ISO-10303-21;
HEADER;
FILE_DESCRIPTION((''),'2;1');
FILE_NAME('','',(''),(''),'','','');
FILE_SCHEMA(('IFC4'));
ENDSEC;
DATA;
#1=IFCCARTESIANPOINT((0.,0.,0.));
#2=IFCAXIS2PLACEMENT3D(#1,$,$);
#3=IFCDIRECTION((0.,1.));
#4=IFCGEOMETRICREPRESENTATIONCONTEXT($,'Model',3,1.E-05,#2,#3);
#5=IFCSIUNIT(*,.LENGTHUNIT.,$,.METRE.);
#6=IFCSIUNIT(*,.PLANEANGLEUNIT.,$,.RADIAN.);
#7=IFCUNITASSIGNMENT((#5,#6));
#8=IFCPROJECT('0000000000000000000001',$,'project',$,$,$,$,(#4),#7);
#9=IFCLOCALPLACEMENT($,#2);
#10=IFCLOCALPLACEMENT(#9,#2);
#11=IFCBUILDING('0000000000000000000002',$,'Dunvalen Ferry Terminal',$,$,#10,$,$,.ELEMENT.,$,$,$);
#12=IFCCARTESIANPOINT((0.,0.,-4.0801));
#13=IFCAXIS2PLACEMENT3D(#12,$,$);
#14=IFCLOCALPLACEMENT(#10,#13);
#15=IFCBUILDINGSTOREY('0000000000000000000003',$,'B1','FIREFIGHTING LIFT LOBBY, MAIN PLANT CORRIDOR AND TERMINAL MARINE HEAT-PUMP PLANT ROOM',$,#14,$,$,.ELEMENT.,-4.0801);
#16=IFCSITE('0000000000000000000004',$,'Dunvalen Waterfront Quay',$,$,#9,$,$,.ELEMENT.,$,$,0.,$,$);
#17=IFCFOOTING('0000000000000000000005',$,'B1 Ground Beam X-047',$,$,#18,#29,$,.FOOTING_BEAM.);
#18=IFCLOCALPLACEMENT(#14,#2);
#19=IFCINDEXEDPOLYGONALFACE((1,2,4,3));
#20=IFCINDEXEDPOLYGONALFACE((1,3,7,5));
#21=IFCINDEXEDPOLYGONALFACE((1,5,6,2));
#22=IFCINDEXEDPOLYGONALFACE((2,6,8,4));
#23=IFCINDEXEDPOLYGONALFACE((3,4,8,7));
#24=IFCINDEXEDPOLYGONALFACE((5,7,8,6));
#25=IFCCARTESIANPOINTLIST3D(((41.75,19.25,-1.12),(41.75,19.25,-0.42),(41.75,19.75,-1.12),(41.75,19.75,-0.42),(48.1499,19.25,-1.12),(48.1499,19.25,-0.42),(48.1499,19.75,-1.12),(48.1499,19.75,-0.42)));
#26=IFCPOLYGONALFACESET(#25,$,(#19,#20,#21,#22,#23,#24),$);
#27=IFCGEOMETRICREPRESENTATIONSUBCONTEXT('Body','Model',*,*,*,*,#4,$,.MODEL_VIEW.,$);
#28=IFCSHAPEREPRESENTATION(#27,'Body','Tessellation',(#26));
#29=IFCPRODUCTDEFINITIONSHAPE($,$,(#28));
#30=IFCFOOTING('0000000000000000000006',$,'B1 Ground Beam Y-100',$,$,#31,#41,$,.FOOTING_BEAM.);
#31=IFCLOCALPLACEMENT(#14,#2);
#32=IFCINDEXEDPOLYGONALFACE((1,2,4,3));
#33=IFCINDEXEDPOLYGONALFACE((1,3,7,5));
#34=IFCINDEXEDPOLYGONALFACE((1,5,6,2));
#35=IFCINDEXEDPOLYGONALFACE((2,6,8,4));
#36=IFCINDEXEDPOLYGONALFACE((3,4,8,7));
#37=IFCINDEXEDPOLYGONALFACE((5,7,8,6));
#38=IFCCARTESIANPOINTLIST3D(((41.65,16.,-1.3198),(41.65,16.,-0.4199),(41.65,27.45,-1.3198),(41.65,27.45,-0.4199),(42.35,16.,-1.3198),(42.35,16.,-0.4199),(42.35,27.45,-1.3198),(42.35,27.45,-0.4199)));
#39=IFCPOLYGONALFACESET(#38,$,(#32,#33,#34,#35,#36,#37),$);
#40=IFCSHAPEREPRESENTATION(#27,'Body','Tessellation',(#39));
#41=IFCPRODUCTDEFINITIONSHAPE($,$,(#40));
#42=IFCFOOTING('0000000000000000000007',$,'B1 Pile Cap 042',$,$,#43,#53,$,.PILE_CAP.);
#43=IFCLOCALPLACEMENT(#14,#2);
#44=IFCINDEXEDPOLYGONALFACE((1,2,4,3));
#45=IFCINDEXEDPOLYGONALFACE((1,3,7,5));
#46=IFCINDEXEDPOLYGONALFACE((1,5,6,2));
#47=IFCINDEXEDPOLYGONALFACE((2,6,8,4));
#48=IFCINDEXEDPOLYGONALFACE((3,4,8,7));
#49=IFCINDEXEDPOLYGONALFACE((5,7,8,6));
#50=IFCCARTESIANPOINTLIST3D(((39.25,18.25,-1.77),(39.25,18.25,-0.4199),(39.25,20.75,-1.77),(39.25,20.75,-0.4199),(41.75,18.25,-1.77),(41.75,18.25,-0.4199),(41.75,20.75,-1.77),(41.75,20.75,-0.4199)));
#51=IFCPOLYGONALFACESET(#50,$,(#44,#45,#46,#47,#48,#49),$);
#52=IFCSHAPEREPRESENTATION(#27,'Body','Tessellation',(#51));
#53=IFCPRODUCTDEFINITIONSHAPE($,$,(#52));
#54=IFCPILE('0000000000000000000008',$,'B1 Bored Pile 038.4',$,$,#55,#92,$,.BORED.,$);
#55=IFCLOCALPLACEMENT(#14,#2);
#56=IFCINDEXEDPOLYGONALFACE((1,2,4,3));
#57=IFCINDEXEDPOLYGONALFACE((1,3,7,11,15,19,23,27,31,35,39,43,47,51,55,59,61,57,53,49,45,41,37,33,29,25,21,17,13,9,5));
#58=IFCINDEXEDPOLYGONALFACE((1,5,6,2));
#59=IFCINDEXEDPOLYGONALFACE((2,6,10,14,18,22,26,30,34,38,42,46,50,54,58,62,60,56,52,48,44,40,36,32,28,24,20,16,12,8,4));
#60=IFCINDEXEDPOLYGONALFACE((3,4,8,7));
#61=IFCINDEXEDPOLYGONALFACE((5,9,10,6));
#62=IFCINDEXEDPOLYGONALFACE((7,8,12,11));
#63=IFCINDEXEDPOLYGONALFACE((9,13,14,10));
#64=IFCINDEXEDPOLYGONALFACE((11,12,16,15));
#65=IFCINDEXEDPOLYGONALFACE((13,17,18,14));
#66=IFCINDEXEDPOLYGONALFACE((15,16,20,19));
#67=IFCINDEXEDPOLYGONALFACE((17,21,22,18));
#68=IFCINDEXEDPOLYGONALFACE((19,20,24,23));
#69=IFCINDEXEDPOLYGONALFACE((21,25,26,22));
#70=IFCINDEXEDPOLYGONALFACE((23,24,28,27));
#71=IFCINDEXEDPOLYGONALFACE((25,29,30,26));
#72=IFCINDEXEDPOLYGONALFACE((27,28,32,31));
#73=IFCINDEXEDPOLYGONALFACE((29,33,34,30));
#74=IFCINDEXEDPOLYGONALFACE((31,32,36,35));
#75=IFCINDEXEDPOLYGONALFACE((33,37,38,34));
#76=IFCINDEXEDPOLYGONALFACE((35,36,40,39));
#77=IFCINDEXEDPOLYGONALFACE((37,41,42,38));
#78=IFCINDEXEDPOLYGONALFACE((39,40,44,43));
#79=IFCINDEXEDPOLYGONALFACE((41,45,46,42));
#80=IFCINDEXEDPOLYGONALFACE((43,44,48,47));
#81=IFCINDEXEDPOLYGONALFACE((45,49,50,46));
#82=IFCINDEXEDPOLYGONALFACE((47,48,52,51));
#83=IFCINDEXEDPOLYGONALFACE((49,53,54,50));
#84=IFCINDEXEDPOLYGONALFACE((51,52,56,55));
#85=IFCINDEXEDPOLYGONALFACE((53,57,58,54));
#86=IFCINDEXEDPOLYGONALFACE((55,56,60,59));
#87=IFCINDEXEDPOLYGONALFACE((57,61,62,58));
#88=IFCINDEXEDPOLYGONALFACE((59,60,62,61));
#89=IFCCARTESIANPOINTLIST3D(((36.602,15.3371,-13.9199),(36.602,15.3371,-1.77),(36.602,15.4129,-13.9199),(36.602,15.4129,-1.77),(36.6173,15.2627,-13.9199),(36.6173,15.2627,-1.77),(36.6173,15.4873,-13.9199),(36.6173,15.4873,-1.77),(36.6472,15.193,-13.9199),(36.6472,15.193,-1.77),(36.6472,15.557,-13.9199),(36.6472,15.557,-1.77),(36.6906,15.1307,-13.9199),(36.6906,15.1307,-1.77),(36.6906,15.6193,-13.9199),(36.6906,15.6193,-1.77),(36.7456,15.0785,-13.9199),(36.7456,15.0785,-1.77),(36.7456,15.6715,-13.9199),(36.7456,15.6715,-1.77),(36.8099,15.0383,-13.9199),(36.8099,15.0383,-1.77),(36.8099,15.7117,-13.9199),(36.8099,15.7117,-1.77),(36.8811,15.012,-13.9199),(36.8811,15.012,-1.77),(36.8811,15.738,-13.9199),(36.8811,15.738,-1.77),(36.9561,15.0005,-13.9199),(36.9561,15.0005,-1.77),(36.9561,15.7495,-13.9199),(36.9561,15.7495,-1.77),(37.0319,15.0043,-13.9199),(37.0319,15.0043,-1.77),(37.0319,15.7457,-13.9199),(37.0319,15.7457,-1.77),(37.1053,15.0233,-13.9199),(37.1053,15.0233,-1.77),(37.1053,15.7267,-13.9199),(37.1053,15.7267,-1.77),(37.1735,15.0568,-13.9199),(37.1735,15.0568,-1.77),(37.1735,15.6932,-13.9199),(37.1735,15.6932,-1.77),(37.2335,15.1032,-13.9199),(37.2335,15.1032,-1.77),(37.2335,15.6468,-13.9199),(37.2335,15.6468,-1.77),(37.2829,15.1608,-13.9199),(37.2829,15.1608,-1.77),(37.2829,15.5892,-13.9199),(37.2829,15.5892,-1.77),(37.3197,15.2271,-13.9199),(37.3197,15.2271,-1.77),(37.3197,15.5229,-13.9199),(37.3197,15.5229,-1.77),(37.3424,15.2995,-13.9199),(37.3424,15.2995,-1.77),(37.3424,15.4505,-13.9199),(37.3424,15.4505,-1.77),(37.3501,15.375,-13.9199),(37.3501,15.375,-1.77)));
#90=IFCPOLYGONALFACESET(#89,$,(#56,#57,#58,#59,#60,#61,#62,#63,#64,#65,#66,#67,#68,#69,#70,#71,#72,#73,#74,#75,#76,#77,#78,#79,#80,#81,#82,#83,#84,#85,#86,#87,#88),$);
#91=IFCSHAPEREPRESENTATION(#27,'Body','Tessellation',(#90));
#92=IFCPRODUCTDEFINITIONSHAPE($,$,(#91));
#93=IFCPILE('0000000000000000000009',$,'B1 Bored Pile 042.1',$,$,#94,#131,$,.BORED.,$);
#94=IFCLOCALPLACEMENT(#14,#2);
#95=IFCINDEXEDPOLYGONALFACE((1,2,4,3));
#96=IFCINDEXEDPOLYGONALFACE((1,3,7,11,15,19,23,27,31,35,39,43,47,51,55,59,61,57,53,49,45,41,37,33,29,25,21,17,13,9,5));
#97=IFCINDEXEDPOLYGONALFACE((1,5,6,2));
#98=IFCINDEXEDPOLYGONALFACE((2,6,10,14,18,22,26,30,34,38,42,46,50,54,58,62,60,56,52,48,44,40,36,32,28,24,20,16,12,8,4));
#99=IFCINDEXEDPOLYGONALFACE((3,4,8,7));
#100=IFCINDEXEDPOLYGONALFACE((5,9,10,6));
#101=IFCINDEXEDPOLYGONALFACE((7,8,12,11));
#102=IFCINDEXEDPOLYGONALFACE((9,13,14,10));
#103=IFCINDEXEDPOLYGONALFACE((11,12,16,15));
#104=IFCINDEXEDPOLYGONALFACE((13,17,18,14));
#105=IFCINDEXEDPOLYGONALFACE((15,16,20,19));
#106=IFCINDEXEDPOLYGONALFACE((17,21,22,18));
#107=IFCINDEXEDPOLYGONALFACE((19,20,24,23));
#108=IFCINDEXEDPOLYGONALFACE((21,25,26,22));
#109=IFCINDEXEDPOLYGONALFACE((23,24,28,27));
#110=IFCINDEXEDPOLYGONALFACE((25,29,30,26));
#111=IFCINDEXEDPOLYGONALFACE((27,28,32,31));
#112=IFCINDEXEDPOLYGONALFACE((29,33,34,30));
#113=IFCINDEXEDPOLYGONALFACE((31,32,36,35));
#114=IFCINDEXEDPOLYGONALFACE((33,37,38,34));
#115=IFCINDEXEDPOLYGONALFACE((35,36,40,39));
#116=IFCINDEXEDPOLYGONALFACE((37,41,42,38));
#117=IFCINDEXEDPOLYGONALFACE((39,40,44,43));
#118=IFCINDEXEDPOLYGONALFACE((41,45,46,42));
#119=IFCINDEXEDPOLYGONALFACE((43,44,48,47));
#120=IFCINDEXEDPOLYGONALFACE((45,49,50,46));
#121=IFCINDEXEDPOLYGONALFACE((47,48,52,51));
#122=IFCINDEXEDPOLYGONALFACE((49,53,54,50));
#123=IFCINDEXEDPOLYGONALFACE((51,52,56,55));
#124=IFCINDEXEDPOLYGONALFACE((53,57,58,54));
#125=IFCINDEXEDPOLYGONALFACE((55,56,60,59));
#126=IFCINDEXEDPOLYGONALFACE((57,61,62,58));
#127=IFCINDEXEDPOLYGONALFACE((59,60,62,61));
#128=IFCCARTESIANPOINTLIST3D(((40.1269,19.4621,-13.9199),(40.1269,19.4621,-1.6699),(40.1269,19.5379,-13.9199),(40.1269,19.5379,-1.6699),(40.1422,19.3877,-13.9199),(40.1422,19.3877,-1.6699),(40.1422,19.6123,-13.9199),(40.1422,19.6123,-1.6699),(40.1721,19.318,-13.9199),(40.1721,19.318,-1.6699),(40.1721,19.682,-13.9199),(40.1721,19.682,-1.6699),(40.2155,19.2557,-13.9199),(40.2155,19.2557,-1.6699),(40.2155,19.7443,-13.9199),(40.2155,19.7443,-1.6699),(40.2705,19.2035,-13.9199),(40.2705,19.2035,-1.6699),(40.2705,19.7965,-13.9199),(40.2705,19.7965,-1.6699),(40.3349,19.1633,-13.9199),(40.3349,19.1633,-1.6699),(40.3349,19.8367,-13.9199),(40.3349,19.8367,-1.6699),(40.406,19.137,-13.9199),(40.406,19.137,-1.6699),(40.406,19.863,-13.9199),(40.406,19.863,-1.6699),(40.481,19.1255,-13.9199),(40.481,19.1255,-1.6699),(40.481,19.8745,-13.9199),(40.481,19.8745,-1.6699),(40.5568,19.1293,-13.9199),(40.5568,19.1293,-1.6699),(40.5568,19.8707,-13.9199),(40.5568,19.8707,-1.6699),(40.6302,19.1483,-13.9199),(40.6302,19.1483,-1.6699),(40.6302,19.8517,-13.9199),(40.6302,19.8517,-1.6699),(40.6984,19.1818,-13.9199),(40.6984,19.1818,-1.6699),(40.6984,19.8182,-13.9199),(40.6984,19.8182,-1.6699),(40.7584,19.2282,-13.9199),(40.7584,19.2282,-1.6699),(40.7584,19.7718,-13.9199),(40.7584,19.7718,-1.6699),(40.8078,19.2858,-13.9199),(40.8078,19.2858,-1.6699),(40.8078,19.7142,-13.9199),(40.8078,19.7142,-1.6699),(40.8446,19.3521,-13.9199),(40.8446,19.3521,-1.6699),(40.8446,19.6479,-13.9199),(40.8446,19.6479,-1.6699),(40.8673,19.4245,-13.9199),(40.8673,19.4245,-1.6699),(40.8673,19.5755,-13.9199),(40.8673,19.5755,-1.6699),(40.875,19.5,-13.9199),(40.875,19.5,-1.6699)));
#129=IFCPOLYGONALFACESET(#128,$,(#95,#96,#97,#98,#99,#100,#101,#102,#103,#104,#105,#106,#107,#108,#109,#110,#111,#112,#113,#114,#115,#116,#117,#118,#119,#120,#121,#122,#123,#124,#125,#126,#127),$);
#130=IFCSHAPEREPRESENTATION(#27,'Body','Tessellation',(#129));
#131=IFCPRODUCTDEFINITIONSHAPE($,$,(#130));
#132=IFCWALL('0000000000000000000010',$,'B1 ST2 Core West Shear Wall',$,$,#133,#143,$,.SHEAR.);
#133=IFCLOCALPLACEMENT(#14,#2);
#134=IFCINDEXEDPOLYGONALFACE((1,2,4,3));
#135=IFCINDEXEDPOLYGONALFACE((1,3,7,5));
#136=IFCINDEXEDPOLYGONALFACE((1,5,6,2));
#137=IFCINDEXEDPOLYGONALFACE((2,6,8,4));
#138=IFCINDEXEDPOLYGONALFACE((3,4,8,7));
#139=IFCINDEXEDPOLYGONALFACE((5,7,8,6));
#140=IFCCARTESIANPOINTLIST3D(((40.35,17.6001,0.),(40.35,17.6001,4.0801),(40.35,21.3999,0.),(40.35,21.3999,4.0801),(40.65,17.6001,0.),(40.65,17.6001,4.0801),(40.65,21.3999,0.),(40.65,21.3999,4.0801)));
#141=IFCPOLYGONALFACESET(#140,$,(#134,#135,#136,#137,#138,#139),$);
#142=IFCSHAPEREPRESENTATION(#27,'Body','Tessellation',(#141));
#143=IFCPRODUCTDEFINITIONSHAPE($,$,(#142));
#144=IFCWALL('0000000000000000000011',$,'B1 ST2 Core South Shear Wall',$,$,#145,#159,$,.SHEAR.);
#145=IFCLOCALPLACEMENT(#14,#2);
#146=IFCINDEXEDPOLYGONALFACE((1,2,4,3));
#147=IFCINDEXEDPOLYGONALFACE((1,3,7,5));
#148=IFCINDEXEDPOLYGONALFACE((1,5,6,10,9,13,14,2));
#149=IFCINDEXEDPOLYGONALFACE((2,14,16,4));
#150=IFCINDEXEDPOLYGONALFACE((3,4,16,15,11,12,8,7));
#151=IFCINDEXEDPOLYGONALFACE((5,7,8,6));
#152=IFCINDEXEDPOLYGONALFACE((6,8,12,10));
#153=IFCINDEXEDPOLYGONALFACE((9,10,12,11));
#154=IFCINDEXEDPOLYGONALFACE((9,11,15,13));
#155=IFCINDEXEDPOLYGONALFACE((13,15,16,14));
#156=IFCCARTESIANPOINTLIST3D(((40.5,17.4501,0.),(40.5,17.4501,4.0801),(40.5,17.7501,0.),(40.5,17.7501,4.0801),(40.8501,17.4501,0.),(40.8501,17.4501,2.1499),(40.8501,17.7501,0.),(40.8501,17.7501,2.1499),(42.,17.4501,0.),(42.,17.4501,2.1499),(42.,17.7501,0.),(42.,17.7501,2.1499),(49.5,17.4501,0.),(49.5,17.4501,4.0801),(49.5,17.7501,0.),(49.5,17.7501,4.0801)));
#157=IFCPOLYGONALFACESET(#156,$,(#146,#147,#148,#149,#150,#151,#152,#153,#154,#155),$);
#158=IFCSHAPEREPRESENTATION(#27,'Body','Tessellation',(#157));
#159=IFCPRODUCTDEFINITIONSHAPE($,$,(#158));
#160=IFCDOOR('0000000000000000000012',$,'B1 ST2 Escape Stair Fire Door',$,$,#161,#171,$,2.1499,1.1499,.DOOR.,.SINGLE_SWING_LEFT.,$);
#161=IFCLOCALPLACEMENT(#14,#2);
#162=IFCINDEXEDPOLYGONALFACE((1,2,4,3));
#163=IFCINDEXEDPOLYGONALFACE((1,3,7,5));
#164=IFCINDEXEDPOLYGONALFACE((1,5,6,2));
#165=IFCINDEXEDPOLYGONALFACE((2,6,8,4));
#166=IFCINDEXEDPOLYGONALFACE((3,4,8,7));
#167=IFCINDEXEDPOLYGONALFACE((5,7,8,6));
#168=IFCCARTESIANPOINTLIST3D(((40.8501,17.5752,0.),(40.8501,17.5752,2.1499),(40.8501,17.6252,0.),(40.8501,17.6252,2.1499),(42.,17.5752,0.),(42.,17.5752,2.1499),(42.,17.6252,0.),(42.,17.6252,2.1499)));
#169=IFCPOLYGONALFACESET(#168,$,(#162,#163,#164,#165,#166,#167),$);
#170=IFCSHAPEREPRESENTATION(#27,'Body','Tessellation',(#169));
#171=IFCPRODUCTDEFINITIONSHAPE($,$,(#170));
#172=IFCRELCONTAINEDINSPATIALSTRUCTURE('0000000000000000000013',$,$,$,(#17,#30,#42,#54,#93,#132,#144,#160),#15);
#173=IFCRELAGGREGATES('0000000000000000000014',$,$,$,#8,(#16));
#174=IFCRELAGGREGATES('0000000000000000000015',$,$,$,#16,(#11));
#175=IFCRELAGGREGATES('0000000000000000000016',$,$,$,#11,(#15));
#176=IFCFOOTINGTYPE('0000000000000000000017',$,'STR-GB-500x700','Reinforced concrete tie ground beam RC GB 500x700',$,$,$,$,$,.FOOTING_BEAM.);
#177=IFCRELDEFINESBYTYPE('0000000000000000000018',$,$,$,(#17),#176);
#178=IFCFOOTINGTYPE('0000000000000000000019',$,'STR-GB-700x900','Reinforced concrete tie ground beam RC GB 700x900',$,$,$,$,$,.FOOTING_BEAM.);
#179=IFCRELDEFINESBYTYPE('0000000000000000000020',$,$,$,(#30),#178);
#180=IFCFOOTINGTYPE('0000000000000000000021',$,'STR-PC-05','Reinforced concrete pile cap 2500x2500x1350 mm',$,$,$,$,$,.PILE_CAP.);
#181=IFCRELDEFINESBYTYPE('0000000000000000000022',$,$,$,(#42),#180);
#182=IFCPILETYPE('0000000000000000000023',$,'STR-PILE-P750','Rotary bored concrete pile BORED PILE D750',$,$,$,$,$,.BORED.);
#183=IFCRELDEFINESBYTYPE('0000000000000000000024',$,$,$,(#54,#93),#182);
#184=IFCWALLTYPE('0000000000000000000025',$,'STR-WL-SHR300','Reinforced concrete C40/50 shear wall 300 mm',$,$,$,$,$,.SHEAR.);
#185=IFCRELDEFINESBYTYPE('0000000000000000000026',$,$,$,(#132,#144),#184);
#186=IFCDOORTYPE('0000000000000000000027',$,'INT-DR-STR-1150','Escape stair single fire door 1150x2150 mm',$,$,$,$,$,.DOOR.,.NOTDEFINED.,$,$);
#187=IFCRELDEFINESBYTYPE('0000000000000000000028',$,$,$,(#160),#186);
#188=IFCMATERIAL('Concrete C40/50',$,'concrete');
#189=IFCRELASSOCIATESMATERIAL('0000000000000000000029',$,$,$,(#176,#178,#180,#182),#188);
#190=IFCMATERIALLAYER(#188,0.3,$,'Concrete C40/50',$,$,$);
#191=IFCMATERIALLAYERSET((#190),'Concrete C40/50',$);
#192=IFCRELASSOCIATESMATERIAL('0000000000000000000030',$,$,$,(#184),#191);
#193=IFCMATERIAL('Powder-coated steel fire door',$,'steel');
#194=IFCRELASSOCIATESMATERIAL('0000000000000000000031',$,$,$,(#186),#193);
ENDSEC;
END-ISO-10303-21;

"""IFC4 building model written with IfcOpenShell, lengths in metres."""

from ifc_helpers import new_model, si_unit, direction, frame, frame_2d, origin, origin_2d, place, context, subcontext, project, spatial, rectangle, circle, extrude, material, layer, layer_set, material_profile, profile_set, type_object, element, fill, save


model = new_model("IFC4")

# Units and contexts
model_context = context("Model", 3, precision=1e-05, world=origin(), true_north=direction((0.0, 1.0)))
body_context = subcontext(model_context, "Body", "Model", "MODEL_VIEW")
ifc_project = project(units=[si_unit("LENGTHUNIT", "METRE"), si_unit("PLANEANGLEUNIT", "RADIAN")], contexts=[model_context])

# Site, building, storey
site_placement = place(None, origin())
site = spatial("IfcSite", under=ifc_project, at=site_placement, Name="Dunvalen Waterfront Quay", CompositionType="ELEMENT", RefElevation=0.0)
building_placement = place(site_placement, origin())
building = spatial("IfcBuilding", under=site, at=building_placement, Name="Dunvalen Ferry Terminal", CompositionType="ELEMENT")
storey_placement = place(building_placement, frame((0.0, 0.0, -4.0801)))
storey = spatial("IfcBuildingStorey", under=building, at=storey_placement, Name="B1", Description="FIREFIGHTING LIFT LOBBY, MAIN PLANT CORRIDOR AND TERMINAL MARINE HEAT-PUMP PLANT ROOM", CompositionType="ELEMENT", Elevation=-4.0801)

# Footings
ifc_material_1 = material(Name="Concrete C40/50", Category="concrete")
ifc_material_profile_1 = material_profile(ifc_material_1, rectangle(XDim=0.5, YDim=0.7, at=origin_2d()), Name="Concrete C40/50")
ifc_profile_set_1 = profile_set([ifc_material_profile_1], Name="Concrete C40/50")
footing_type_1 = type_object("IfcFootingType", Name="STR-GB-500x700", Description="Reinforced concrete tie ground beam RC GB 500x700", PredefinedType="FOOTING_BEAM", material=ifc_profile_set_1)
footing_1_placement = place(storey_placement, frame((41.75, 19.5, -0.77), z_axis=(1.0, 0.0, 0.0), x_axis=(0.0, 1.0, 0.0)))
element("IfcFooting", 1, at=footing_1_placement, inside=storey, type_object=footing_type_1, Name="B1 Ground Beam X-047", PredefinedType="FOOTING_BEAM", context=body_context, shape_type="SweptSolid", body=[
    extrude(rectangle(XDim=0.5, YDim=0.7, at=origin_2d()), origin(), (0.0, 0.0, 1.0), 6.3999),
])
ifc_material_profile_2 = material_profile(ifc_material_1, rectangle(XDim=0.7, YDim=0.8999, at=origin_2d()), Name="Concrete C40/50")
ifc_profile_set_2 = profile_set([ifc_material_profile_2], Name="Concrete C40/50")
footing_type_2 = type_object("IfcFootingType", Name="STR-GB-700x900", Description="Reinforced concrete tie ground beam RC GB 700x900", PredefinedType="FOOTING_BEAM", material=ifc_profile_set_2)
footing_2_placement = place(storey_placement, frame((42.0, 16.0, -0.8699), z_axis=(0.0, 1.0, 0.0), x_axis=(-1.0, 0.0, 0.0)))
element("IfcFooting", 2, at=footing_2_placement, inside=storey, type_object=footing_type_2, Name="B1 Ground Beam Y-100", PredefinedType="FOOTING_BEAM", context=body_context, shape_type="SweptSolid", body=[
    extrude(rectangle(XDim=0.7, YDim=0.8999, at=origin_2d()), origin(), (0.0, 0.0, 1.0), 11.45),
])
footing_type_3 = type_object("IfcFootingType", Name="STR-PC-05", Description="Reinforced concrete pile cap 2500x2500x1350 mm", PredefinedType="PILE_CAP", material=ifc_material_1)
footing_3_placement = place(storey_placement, frame((40.5, 19.5, -1.77), z_axis=(0.0, 0.0, 1.0), x_axis=(1.0, 0.0, 0.0)))
element("IfcFooting", 3, at=footing_3_placement, inside=storey, type_object=footing_type_3, Name="B1 Pile Cap 042", PredefinedType="PILE_CAP", context=body_context, shape_type="SweptSolid", body=[
    extrude(rectangle(XDim=2.5, YDim=2.5, at=origin_2d()), origin(), (0.0, 0.0, 1.0), 1.3501),
])

# Piles
ifc_material_profile_3 = material_profile(ifc_material_1, circle(Radius=0.375, at=origin_2d()), Name="Concrete C40/50")
ifc_profile_set_3 = profile_set([ifc_material_profile_3], Name="Concrete C40/50")
pile_type = type_object("IfcPileType", Name="STR-PILE-P750", Description="Rotary bored concrete pile BORED PILE D750", PredefinedType="BORED", material=ifc_profile_set_3)
pile_1_placement = place(storey_placement, frame((36.9751, 15.375, -1.77), z_axis=(0.0, 0.0, -1.0), x_axis=(1.0, 0.0, 0.0)))
element("IfcPile", 4, at=pile_1_placement, inside=storey, type_object=pile_type, Name="B1 Bored Pile 038.4", PredefinedType="BORED", context=body_context, shape_type="SweptSolid", body=[
    extrude(circle(Radius=0.375, at=origin_2d()), origin(), (0.0, 0.0, 1.0), 12.1499),
])
pile_2_placement = place(storey_placement, frame((40.5, 19.5, -1.6699), z_axis=(0.0, 0.0, -1.0), x_axis=(1.0, 0.0, 0.0)))
element("IfcPile", 5, at=pile_2_placement, inside=storey, type_object=pile_type, Name="B1 Bored Pile 042.1", PredefinedType="BORED", context=body_context, shape_type="SweptSolid", body=[
    extrude(circle(Radius=0.375, at=origin_2d()), origin(), (0.0, 0.0, 1.0), 12.25),
])

# Shared definitions
ifc_material_2 = material(Name="Powder-coated steel fire door", Category="steel")

# Wall
ifc_layer_1 = layer(ifc_material_1, 0.3, Name="Concrete C40/50")
ifc_layer_set_1 = layer_set([ifc_layer_1], Name="Concrete C40/50")
wall_type_1 = type_object("IfcWallType", Name="STR-WL-SHR300", Description="Reinforced concrete C40/50 shear wall 300 mm", PredefinedType="SHEAR", material=ifc_layer_set_1)
wall_1_placement = place(storey_placement, frame((40.5, 17.6001, 0.0), z_axis=(0.0, 0.0, 1.0), x_axis=(0.0, 1.0, 0.0)))
element("IfcWall", 6, at=wall_1_placement, inside=storey, type_object=wall_type_1, Name="B1 ST2 Core West Shear Wall", PredefinedType="SHEAR", context=body_context, shape_type="SweptSolid", body=[
    extrude(rectangle(XDim=3.7998, YDim=0.3, at=frame_2d((1.8999, 0.0))), origin(), (0.0, 0.0, 1.0), 4.0801),
])

# Wall, opening, door
wall_2_placement = place(storey_placement, frame((40.5, 17.6001, 0.0), z_axis=(0.0, 0.0, 1.0), x_axis=(1.0, 0.0, 0.0)))
wall_2 = element("IfcWall", 7, at=wall_2_placement, inside=storey, type_object=wall_type_1, Name="B1 ST2 Core South Shear Wall", PredefinedType="SHEAR", context=body_context, shape_type="SweptSolid", body=[
    extrude(rectangle(XDim=9.0, YDim=0.3, at=frame_2d((4.5, 0.0))), origin(), (0.0, 0.0, 1.0), 4.0801),
])
opening_1_placement = place(wall_2_placement, frame((0.3501, 0.0, 0.0)))
opening_1 = element("IfcOpeningElement", 8, at=opening_1_placement, cuts=wall_2, PredefinedType="OPENING", context=body_context, shape_type="SweptSolid", body=[
    extrude(rectangle(XDim=1.1499, YDim=2.1499, at=frame_2d((0.575, 1.075))), frame((0.0, 0.1602, 0.0), z_axis=(0.0, -1.0, 0.0), x_axis=(1.0, 0.0, 0.0)), (0.0, 0.0, 1.0), 0.3201),
])
door_type_1 = type_object("IfcDoorType", Name="INT-DR-STR-1150", Description="Escape stair single fire door 1150x2150 mm", OperationType="NOTDEFINED", PredefinedType="DOOR", material=ifc_material_2)
door_1_placement = place(opening_1_placement, frame((1.1499, 0.0, 0.0), z_axis=(0.0, 0.0, 1.0), x_axis=(-1.0, 0.0, 0.0)))
door_1 = element("IfcDoor", 9, at=door_1_placement, inside=storey, type_object=door_type_1, Name="B1 ST2 Escape Stair Fire Door", OperationType="SINGLE_SWING_LEFT", OverallHeight=2.1499, OverallWidth=1.1499, PredefinedType="DOOR", context=body_context, shape_type="SweptSolid", body=[
    extrude(rectangle(XDim=1.1499, YDim=2.1499, at=frame_2d((0.575, 1.075))), frame((0.0, 0.0249, 0.0), z_axis=(0.0, -1.0, 0.0), x_axis=(1.0, 0.0, 0.0)), (0.0, 0.0, 1.0), 0.05),
])
fill(opening_1, door_1)

save(model, "model.ifc")
